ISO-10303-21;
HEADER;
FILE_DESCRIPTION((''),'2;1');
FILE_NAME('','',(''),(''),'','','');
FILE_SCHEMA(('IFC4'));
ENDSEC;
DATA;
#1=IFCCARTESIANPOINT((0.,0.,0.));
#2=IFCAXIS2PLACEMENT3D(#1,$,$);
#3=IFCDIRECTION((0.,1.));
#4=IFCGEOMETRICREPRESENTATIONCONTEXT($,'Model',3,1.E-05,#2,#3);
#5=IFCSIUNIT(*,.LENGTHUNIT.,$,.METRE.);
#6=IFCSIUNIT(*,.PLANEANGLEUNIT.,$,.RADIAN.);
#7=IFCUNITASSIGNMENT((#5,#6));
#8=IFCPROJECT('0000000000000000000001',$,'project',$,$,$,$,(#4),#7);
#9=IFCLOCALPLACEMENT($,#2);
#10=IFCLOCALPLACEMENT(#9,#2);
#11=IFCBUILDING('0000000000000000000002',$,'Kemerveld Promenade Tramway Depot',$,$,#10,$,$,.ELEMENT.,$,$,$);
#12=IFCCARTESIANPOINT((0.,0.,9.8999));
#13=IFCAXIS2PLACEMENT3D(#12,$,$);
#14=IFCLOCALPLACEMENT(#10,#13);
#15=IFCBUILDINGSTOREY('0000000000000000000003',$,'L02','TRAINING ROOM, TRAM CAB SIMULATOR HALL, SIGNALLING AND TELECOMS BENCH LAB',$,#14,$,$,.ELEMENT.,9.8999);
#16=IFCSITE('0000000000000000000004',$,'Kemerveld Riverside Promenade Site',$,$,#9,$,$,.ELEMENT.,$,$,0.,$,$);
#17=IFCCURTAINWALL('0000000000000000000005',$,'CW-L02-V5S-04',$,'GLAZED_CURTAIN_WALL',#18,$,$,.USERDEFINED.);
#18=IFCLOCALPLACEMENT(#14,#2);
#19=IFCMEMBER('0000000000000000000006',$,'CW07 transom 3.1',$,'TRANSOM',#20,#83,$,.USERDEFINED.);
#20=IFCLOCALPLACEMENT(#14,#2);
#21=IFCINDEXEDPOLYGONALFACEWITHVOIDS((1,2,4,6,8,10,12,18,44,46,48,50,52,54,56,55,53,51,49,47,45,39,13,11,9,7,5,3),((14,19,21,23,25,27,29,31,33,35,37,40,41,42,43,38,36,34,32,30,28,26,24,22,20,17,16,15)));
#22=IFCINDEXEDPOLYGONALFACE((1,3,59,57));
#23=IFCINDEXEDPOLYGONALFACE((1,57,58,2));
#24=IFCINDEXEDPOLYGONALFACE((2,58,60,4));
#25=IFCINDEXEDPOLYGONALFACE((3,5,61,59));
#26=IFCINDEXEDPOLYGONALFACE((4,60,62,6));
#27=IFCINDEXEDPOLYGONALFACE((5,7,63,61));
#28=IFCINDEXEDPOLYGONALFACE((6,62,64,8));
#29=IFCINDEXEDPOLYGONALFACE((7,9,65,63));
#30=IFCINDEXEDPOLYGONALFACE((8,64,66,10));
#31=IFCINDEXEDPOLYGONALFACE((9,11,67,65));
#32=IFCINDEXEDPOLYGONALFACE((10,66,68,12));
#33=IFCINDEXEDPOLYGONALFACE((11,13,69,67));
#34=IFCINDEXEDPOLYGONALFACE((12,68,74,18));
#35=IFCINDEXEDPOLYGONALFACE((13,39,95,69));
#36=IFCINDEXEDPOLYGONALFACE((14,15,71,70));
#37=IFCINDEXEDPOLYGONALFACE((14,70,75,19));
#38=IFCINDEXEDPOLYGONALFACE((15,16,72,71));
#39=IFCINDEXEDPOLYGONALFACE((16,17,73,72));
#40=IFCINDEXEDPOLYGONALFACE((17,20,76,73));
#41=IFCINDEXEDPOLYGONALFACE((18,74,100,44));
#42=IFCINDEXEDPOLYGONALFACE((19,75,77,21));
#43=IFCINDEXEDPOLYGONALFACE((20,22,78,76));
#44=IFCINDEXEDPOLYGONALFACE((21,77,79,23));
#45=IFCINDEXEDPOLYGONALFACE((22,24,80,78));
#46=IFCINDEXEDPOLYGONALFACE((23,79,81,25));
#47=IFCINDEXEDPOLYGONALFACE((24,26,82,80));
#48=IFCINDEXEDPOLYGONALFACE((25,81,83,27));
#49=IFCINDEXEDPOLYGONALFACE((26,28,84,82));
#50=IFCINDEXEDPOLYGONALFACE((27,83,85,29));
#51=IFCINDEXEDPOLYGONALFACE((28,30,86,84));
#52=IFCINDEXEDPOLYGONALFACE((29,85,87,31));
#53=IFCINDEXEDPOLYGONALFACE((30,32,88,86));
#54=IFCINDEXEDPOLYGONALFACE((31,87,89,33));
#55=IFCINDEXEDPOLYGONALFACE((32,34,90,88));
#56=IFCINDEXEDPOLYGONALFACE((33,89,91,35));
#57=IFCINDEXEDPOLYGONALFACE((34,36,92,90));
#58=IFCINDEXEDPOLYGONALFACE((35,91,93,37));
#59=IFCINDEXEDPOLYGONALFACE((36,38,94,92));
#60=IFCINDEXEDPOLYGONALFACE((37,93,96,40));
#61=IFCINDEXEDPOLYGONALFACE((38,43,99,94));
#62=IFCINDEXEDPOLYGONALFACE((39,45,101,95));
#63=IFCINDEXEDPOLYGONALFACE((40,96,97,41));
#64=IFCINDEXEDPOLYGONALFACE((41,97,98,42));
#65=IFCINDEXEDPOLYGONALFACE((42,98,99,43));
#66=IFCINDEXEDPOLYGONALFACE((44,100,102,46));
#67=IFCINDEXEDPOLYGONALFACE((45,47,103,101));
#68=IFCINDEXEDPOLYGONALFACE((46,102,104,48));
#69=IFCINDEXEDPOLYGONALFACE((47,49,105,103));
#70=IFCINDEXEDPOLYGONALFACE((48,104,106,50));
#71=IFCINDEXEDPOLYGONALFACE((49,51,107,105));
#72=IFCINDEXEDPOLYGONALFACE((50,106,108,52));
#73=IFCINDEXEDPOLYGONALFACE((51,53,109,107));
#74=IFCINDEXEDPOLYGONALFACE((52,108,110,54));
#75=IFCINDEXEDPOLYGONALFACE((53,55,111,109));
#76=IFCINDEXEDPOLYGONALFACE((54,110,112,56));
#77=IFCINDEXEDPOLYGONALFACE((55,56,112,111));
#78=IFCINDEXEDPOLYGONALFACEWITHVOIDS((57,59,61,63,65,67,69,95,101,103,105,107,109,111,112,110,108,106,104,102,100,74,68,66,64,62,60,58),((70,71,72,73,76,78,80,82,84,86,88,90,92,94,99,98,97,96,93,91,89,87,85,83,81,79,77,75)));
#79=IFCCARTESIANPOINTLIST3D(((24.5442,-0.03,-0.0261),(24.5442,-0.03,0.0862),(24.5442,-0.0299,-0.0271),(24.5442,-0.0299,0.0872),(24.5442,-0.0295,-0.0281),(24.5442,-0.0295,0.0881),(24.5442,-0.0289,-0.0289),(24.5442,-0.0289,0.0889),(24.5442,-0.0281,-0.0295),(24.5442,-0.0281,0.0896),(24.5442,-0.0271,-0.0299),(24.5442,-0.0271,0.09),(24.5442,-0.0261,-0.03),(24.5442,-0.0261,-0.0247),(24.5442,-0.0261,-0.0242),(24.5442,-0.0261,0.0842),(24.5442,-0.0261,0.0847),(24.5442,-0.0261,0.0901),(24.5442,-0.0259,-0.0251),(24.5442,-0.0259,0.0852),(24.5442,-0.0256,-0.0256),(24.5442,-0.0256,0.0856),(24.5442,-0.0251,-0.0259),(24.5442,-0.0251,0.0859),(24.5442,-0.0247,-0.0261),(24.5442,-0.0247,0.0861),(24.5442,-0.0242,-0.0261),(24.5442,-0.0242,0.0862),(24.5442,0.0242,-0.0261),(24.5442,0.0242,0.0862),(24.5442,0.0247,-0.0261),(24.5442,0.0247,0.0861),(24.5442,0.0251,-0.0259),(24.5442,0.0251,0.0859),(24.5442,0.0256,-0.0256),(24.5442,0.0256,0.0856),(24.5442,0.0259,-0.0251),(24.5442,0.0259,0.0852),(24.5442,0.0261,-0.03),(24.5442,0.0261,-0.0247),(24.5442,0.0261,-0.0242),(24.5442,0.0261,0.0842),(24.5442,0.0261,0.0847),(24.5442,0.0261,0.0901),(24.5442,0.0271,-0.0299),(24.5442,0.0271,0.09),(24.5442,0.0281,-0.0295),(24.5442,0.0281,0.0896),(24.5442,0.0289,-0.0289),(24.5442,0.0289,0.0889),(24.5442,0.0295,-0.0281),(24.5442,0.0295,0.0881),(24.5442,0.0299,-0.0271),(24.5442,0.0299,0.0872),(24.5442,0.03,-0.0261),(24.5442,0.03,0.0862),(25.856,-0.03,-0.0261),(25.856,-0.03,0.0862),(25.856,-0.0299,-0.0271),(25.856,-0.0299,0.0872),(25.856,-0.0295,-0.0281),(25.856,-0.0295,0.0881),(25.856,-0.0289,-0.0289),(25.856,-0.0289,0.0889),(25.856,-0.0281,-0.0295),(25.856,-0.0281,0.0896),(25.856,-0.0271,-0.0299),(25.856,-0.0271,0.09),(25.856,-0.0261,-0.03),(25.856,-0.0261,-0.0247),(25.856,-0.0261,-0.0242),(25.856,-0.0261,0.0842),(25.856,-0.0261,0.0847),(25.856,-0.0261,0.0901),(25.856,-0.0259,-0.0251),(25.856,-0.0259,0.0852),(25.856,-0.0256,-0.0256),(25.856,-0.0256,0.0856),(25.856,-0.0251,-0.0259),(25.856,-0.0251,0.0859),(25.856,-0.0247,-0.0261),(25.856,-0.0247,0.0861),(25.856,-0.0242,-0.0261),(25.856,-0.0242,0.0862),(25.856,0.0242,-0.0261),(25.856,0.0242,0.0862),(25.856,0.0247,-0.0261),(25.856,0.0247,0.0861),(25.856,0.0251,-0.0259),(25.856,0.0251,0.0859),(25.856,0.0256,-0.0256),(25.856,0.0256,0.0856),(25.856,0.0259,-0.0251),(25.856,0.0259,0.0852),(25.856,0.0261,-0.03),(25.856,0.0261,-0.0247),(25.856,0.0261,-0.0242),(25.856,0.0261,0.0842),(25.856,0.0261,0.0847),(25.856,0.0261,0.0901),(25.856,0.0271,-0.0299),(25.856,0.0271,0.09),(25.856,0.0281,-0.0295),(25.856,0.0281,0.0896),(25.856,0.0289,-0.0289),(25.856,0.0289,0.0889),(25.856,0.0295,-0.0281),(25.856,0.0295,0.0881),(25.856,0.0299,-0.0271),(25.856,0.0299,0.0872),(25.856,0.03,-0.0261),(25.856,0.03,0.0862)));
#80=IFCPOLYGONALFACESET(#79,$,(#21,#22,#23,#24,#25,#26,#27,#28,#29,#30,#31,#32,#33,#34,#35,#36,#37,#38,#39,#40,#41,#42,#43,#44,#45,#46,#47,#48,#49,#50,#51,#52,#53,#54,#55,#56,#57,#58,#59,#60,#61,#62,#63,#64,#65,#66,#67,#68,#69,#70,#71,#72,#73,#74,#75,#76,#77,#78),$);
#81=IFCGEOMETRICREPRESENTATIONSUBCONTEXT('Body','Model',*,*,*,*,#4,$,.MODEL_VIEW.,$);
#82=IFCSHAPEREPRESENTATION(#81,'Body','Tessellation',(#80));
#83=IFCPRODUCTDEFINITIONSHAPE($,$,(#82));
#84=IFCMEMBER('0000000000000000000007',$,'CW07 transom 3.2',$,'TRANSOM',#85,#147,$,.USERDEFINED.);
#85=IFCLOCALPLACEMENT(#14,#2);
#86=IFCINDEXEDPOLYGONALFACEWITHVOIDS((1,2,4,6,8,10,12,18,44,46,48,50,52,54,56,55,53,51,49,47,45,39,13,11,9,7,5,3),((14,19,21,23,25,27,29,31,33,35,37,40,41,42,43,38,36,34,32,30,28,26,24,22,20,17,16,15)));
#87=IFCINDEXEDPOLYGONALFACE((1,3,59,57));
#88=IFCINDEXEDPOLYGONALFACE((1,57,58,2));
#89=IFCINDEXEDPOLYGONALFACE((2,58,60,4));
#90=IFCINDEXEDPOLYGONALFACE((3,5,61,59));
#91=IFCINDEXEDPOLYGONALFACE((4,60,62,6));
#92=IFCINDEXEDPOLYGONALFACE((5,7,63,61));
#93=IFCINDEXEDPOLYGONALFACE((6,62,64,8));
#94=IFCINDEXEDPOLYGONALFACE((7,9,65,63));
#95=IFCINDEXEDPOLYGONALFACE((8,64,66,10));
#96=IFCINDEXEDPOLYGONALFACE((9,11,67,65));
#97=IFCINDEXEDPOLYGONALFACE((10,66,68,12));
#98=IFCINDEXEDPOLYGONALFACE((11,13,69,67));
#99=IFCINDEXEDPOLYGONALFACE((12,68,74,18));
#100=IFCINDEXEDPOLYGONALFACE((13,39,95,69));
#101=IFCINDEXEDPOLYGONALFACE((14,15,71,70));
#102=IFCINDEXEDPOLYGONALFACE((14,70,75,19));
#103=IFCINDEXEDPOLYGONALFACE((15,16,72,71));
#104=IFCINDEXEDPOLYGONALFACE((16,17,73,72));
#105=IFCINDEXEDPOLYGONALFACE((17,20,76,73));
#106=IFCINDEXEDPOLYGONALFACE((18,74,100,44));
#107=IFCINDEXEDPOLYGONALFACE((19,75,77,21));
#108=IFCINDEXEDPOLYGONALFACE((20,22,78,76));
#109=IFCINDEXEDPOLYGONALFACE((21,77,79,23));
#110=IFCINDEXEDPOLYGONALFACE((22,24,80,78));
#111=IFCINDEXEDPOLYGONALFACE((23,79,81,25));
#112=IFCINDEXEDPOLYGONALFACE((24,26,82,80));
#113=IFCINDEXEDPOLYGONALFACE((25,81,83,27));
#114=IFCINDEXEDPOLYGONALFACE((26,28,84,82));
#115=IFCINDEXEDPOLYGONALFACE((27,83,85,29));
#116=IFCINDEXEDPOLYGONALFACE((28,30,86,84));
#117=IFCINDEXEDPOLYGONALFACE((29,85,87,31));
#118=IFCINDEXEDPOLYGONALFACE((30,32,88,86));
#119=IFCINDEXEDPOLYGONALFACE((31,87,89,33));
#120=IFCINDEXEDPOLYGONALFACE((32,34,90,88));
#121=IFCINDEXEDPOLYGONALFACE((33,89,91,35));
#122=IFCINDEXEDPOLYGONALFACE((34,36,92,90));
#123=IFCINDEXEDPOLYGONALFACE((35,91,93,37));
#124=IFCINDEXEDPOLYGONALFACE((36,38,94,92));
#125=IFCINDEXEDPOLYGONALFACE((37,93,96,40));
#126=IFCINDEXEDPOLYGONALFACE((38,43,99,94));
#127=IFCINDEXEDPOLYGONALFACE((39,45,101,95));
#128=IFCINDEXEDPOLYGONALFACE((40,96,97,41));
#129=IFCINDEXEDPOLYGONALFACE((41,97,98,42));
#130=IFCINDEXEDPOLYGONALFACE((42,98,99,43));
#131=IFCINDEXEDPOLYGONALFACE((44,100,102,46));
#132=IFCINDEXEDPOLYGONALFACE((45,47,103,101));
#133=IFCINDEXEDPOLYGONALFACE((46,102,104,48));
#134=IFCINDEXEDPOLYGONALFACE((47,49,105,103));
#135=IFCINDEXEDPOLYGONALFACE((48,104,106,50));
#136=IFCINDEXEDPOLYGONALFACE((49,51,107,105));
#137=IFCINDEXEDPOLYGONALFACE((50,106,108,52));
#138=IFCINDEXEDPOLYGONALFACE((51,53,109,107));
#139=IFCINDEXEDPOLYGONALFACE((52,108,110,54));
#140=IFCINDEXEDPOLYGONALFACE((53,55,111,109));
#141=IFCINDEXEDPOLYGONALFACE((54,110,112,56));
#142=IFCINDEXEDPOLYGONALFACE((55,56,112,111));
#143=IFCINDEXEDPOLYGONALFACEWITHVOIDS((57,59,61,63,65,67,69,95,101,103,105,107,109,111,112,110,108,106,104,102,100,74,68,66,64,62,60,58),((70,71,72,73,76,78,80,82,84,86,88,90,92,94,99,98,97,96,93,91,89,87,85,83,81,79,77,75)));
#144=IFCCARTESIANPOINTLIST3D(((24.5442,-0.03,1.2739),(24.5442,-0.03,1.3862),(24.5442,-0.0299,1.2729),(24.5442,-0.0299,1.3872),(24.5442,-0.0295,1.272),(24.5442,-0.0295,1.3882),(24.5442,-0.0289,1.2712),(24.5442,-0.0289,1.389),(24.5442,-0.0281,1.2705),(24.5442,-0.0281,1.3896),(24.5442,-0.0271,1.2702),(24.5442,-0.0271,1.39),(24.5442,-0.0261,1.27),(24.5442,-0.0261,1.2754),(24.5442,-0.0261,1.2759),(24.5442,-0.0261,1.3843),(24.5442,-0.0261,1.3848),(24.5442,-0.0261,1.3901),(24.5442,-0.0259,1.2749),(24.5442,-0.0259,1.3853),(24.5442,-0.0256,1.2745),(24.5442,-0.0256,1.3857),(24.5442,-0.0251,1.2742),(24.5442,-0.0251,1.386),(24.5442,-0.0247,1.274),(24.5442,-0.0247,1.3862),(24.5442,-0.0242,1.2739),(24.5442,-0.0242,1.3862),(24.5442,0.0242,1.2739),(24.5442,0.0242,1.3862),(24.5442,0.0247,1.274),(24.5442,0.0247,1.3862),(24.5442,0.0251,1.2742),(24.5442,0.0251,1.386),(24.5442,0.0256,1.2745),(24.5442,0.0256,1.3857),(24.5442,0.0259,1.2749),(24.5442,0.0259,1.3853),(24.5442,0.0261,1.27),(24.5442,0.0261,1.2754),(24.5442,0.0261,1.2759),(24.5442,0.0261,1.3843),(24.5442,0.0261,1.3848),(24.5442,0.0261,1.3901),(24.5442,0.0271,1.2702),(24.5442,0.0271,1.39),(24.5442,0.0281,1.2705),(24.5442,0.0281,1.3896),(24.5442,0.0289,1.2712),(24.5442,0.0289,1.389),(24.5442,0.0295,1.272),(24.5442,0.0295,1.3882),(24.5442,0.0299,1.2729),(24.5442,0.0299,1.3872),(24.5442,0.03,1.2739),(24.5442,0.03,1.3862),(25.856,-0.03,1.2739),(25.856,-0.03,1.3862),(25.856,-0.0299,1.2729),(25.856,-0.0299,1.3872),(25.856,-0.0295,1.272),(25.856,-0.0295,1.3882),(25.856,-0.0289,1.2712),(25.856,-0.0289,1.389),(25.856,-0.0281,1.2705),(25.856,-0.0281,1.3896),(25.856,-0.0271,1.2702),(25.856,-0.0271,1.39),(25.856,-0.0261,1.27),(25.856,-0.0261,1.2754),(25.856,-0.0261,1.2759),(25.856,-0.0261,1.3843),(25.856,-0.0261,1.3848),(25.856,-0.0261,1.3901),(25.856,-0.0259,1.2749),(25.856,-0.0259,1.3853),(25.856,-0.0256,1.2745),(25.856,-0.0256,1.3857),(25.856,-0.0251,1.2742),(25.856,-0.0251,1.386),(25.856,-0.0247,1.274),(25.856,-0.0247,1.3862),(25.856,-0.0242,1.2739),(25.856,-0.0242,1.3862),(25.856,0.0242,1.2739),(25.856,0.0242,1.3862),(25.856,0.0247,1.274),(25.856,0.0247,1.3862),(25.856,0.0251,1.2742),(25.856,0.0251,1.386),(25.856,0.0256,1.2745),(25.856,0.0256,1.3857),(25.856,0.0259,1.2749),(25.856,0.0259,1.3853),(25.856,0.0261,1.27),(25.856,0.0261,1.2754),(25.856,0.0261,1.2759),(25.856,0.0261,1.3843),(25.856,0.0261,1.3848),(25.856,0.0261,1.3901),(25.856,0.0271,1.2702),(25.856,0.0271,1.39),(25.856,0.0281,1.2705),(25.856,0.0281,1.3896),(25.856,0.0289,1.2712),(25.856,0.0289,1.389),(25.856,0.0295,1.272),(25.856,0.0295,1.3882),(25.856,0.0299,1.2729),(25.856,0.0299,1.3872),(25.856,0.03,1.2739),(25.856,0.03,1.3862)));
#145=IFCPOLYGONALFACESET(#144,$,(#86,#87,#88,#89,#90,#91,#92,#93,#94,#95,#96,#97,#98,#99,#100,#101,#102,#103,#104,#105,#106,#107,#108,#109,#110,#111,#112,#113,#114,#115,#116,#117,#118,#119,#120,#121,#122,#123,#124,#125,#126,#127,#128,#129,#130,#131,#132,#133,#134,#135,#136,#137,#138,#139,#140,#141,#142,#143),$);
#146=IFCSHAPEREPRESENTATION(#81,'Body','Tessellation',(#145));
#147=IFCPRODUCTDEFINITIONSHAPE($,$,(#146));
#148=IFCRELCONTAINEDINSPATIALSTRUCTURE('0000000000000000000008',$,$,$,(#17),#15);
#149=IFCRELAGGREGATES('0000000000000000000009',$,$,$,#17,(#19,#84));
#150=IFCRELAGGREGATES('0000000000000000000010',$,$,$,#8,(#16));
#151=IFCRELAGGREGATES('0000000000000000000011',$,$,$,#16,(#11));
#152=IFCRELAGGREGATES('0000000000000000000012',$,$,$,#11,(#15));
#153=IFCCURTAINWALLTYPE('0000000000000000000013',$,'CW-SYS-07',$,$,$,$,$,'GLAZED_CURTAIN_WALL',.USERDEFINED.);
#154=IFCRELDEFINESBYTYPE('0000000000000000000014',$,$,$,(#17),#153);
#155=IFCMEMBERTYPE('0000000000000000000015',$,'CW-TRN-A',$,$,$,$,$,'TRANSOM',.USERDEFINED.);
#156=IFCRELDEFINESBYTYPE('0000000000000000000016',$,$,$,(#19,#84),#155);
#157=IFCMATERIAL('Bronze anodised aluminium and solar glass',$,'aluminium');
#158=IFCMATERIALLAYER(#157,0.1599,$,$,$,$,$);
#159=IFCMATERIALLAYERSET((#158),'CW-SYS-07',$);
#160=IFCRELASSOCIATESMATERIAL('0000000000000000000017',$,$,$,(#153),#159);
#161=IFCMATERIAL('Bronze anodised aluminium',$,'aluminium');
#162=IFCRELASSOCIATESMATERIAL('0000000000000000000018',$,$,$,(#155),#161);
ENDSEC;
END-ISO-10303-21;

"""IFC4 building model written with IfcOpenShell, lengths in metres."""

from ifc_helpers import new_model, si_unit, direction, frame, origin, origin_2d, place, context, subcontext, project, spatial, hollow_rectangle, extrude, material, layer, layer_set, material_profile, profile_set, type_object, element, aggregate, save


model = new_model("IFC4")

# Units and contexts
model_context = context("Model", 3, precision=1e-05, world=origin(), true_north=direction((0.0, 1.0)))
body_context = subcontext(model_context, "Body", "Model", "MODEL_VIEW")
ifc_project = project(units=[si_unit("LENGTHUNIT", "METRE"), si_unit("PLANEANGLEUNIT", "RADIAN")], contexts=[model_context])

# Site, building, storey
site_placement = place(None, origin())
site = spatial("IfcSite", under=ifc_project, at=site_placement, Name="Kemerveld Riverside Promenade Site", CompositionType="ELEMENT", RefElevation=0.0)
building_placement = place(site_placement, origin())
building = spatial("IfcBuilding", under=site, at=building_placement, Name="Kemerveld Promenade Tramway Depot", CompositionType="ELEMENT")
storey_placement = place(building_placement, frame((0.0, 0.0, 9.8999)))
storey = spatial("IfcBuildingStorey", under=building, at=storey_placement, Name="L02", Description="TRAINING ROOM, TRAM CAB SIMULATOR HALL, SIGNALLING AND TELECOMS BENCH LAB", CompositionType="ELEMENT", Elevation=9.8999)

# Curtain wall, members
ifc_material_1 = material(Name="Bronze anodised aluminium and solar glass", Category="aluminium")
ifc_layer_1 = layer(ifc_material_1, 0.1599)
ifc_layer_set_1 = layer_set([ifc_layer_1], Name="CW-SYS-07")
curtain_wall_type = type_object("IfcCurtainWallType", Name="CW-SYS-07", ElementType="GLAZED_CURTAIN_WALL", PredefinedType="USERDEFINED", material=ifc_layer_set_1)
curtain_wall_placement = place(storey_placement, origin())
curtain_wall = element("IfcCurtainWall", 1, at=curtain_wall_placement, inside=storey, type_object=curtain_wall_type, Name="CW-L02-V5S-04", ObjectType="GLAZED_CURTAIN_WALL", PredefinedType="USERDEFINED")
ifc_material_2 = material(Name="Bronze anodised aluminium", Category="aluminium")
ifc_material_profile_1 = material_profile(ifc_material_2, hollow_rectangle(XDim=0.0601, YDim=0.1201, WallThickness=0.0039, InnerFilletRadius=0.002, OuterFilletRadius=0.0039, at=origin_2d()), Name="CW-TRN-120x60")
ifc_profile_set_1 = profile_set([ifc_material_profile_1], Name="Bronze anodised aluminium")
member_type_1 = type_object("IfcMemberType", Name="CW-TRN-A", ElementType="TRANSOM", PredefinedType="USERDEFINED", material=ifc_profile_set_1)
member_1_placement = place(storey_placement, frame((25.856, 0.0, 0.03), z_axis=(-1.0, 0.0, 0.0), x_axis=(0.0, -1.0, 0.0)))
member_1 = element("IfcMember", 2, at=member_1_placement, type_object=member_type_1, Name="CW07 transom 3.1", ObjectType="TRANSOM", PredefinedType="USERDEFINED", context=body_context, shape_type="SweptSolid", body=[
    extrude(hollow_rectangle(XDim=0.0601, YDim=0.1201, WallThickness=0.0039, InnerFilletRadius=0.002, OuterFilletRadius=0.0039, at=origin_2d()), origin(), (0.0, 0.0, 1.0), 1.3118),
])
member_2_placement = place(storey_placement, frame((25.856, 0.0, 1.3301), z_axis=(-1.0, 0.0, 0.0), x_axis=(0.0, -1.0, 0.0)))
member_2 = element("IfcMember", 3, at=member_2_placement, type_object=member_type_1, Name="CW07 transom 3.2", ObjectType="TRANSOM", PredefinedType="USERDEFINED", context=body_context, shape_type="SweptSolid", body=[
    extrude(hollow_rectangle(XDim=0.0601, YDim=0.1201, WallThickness=0.0039, InnerFilletRadius=0.002, OuterFilletRadius=0.0039, at=origin_2d()), origin(), (0.0, 0.0, 1.0), 1.3118),
])
aggregate(curtain_wall, [member_1, member_2])

save(model, "model.ifc")
